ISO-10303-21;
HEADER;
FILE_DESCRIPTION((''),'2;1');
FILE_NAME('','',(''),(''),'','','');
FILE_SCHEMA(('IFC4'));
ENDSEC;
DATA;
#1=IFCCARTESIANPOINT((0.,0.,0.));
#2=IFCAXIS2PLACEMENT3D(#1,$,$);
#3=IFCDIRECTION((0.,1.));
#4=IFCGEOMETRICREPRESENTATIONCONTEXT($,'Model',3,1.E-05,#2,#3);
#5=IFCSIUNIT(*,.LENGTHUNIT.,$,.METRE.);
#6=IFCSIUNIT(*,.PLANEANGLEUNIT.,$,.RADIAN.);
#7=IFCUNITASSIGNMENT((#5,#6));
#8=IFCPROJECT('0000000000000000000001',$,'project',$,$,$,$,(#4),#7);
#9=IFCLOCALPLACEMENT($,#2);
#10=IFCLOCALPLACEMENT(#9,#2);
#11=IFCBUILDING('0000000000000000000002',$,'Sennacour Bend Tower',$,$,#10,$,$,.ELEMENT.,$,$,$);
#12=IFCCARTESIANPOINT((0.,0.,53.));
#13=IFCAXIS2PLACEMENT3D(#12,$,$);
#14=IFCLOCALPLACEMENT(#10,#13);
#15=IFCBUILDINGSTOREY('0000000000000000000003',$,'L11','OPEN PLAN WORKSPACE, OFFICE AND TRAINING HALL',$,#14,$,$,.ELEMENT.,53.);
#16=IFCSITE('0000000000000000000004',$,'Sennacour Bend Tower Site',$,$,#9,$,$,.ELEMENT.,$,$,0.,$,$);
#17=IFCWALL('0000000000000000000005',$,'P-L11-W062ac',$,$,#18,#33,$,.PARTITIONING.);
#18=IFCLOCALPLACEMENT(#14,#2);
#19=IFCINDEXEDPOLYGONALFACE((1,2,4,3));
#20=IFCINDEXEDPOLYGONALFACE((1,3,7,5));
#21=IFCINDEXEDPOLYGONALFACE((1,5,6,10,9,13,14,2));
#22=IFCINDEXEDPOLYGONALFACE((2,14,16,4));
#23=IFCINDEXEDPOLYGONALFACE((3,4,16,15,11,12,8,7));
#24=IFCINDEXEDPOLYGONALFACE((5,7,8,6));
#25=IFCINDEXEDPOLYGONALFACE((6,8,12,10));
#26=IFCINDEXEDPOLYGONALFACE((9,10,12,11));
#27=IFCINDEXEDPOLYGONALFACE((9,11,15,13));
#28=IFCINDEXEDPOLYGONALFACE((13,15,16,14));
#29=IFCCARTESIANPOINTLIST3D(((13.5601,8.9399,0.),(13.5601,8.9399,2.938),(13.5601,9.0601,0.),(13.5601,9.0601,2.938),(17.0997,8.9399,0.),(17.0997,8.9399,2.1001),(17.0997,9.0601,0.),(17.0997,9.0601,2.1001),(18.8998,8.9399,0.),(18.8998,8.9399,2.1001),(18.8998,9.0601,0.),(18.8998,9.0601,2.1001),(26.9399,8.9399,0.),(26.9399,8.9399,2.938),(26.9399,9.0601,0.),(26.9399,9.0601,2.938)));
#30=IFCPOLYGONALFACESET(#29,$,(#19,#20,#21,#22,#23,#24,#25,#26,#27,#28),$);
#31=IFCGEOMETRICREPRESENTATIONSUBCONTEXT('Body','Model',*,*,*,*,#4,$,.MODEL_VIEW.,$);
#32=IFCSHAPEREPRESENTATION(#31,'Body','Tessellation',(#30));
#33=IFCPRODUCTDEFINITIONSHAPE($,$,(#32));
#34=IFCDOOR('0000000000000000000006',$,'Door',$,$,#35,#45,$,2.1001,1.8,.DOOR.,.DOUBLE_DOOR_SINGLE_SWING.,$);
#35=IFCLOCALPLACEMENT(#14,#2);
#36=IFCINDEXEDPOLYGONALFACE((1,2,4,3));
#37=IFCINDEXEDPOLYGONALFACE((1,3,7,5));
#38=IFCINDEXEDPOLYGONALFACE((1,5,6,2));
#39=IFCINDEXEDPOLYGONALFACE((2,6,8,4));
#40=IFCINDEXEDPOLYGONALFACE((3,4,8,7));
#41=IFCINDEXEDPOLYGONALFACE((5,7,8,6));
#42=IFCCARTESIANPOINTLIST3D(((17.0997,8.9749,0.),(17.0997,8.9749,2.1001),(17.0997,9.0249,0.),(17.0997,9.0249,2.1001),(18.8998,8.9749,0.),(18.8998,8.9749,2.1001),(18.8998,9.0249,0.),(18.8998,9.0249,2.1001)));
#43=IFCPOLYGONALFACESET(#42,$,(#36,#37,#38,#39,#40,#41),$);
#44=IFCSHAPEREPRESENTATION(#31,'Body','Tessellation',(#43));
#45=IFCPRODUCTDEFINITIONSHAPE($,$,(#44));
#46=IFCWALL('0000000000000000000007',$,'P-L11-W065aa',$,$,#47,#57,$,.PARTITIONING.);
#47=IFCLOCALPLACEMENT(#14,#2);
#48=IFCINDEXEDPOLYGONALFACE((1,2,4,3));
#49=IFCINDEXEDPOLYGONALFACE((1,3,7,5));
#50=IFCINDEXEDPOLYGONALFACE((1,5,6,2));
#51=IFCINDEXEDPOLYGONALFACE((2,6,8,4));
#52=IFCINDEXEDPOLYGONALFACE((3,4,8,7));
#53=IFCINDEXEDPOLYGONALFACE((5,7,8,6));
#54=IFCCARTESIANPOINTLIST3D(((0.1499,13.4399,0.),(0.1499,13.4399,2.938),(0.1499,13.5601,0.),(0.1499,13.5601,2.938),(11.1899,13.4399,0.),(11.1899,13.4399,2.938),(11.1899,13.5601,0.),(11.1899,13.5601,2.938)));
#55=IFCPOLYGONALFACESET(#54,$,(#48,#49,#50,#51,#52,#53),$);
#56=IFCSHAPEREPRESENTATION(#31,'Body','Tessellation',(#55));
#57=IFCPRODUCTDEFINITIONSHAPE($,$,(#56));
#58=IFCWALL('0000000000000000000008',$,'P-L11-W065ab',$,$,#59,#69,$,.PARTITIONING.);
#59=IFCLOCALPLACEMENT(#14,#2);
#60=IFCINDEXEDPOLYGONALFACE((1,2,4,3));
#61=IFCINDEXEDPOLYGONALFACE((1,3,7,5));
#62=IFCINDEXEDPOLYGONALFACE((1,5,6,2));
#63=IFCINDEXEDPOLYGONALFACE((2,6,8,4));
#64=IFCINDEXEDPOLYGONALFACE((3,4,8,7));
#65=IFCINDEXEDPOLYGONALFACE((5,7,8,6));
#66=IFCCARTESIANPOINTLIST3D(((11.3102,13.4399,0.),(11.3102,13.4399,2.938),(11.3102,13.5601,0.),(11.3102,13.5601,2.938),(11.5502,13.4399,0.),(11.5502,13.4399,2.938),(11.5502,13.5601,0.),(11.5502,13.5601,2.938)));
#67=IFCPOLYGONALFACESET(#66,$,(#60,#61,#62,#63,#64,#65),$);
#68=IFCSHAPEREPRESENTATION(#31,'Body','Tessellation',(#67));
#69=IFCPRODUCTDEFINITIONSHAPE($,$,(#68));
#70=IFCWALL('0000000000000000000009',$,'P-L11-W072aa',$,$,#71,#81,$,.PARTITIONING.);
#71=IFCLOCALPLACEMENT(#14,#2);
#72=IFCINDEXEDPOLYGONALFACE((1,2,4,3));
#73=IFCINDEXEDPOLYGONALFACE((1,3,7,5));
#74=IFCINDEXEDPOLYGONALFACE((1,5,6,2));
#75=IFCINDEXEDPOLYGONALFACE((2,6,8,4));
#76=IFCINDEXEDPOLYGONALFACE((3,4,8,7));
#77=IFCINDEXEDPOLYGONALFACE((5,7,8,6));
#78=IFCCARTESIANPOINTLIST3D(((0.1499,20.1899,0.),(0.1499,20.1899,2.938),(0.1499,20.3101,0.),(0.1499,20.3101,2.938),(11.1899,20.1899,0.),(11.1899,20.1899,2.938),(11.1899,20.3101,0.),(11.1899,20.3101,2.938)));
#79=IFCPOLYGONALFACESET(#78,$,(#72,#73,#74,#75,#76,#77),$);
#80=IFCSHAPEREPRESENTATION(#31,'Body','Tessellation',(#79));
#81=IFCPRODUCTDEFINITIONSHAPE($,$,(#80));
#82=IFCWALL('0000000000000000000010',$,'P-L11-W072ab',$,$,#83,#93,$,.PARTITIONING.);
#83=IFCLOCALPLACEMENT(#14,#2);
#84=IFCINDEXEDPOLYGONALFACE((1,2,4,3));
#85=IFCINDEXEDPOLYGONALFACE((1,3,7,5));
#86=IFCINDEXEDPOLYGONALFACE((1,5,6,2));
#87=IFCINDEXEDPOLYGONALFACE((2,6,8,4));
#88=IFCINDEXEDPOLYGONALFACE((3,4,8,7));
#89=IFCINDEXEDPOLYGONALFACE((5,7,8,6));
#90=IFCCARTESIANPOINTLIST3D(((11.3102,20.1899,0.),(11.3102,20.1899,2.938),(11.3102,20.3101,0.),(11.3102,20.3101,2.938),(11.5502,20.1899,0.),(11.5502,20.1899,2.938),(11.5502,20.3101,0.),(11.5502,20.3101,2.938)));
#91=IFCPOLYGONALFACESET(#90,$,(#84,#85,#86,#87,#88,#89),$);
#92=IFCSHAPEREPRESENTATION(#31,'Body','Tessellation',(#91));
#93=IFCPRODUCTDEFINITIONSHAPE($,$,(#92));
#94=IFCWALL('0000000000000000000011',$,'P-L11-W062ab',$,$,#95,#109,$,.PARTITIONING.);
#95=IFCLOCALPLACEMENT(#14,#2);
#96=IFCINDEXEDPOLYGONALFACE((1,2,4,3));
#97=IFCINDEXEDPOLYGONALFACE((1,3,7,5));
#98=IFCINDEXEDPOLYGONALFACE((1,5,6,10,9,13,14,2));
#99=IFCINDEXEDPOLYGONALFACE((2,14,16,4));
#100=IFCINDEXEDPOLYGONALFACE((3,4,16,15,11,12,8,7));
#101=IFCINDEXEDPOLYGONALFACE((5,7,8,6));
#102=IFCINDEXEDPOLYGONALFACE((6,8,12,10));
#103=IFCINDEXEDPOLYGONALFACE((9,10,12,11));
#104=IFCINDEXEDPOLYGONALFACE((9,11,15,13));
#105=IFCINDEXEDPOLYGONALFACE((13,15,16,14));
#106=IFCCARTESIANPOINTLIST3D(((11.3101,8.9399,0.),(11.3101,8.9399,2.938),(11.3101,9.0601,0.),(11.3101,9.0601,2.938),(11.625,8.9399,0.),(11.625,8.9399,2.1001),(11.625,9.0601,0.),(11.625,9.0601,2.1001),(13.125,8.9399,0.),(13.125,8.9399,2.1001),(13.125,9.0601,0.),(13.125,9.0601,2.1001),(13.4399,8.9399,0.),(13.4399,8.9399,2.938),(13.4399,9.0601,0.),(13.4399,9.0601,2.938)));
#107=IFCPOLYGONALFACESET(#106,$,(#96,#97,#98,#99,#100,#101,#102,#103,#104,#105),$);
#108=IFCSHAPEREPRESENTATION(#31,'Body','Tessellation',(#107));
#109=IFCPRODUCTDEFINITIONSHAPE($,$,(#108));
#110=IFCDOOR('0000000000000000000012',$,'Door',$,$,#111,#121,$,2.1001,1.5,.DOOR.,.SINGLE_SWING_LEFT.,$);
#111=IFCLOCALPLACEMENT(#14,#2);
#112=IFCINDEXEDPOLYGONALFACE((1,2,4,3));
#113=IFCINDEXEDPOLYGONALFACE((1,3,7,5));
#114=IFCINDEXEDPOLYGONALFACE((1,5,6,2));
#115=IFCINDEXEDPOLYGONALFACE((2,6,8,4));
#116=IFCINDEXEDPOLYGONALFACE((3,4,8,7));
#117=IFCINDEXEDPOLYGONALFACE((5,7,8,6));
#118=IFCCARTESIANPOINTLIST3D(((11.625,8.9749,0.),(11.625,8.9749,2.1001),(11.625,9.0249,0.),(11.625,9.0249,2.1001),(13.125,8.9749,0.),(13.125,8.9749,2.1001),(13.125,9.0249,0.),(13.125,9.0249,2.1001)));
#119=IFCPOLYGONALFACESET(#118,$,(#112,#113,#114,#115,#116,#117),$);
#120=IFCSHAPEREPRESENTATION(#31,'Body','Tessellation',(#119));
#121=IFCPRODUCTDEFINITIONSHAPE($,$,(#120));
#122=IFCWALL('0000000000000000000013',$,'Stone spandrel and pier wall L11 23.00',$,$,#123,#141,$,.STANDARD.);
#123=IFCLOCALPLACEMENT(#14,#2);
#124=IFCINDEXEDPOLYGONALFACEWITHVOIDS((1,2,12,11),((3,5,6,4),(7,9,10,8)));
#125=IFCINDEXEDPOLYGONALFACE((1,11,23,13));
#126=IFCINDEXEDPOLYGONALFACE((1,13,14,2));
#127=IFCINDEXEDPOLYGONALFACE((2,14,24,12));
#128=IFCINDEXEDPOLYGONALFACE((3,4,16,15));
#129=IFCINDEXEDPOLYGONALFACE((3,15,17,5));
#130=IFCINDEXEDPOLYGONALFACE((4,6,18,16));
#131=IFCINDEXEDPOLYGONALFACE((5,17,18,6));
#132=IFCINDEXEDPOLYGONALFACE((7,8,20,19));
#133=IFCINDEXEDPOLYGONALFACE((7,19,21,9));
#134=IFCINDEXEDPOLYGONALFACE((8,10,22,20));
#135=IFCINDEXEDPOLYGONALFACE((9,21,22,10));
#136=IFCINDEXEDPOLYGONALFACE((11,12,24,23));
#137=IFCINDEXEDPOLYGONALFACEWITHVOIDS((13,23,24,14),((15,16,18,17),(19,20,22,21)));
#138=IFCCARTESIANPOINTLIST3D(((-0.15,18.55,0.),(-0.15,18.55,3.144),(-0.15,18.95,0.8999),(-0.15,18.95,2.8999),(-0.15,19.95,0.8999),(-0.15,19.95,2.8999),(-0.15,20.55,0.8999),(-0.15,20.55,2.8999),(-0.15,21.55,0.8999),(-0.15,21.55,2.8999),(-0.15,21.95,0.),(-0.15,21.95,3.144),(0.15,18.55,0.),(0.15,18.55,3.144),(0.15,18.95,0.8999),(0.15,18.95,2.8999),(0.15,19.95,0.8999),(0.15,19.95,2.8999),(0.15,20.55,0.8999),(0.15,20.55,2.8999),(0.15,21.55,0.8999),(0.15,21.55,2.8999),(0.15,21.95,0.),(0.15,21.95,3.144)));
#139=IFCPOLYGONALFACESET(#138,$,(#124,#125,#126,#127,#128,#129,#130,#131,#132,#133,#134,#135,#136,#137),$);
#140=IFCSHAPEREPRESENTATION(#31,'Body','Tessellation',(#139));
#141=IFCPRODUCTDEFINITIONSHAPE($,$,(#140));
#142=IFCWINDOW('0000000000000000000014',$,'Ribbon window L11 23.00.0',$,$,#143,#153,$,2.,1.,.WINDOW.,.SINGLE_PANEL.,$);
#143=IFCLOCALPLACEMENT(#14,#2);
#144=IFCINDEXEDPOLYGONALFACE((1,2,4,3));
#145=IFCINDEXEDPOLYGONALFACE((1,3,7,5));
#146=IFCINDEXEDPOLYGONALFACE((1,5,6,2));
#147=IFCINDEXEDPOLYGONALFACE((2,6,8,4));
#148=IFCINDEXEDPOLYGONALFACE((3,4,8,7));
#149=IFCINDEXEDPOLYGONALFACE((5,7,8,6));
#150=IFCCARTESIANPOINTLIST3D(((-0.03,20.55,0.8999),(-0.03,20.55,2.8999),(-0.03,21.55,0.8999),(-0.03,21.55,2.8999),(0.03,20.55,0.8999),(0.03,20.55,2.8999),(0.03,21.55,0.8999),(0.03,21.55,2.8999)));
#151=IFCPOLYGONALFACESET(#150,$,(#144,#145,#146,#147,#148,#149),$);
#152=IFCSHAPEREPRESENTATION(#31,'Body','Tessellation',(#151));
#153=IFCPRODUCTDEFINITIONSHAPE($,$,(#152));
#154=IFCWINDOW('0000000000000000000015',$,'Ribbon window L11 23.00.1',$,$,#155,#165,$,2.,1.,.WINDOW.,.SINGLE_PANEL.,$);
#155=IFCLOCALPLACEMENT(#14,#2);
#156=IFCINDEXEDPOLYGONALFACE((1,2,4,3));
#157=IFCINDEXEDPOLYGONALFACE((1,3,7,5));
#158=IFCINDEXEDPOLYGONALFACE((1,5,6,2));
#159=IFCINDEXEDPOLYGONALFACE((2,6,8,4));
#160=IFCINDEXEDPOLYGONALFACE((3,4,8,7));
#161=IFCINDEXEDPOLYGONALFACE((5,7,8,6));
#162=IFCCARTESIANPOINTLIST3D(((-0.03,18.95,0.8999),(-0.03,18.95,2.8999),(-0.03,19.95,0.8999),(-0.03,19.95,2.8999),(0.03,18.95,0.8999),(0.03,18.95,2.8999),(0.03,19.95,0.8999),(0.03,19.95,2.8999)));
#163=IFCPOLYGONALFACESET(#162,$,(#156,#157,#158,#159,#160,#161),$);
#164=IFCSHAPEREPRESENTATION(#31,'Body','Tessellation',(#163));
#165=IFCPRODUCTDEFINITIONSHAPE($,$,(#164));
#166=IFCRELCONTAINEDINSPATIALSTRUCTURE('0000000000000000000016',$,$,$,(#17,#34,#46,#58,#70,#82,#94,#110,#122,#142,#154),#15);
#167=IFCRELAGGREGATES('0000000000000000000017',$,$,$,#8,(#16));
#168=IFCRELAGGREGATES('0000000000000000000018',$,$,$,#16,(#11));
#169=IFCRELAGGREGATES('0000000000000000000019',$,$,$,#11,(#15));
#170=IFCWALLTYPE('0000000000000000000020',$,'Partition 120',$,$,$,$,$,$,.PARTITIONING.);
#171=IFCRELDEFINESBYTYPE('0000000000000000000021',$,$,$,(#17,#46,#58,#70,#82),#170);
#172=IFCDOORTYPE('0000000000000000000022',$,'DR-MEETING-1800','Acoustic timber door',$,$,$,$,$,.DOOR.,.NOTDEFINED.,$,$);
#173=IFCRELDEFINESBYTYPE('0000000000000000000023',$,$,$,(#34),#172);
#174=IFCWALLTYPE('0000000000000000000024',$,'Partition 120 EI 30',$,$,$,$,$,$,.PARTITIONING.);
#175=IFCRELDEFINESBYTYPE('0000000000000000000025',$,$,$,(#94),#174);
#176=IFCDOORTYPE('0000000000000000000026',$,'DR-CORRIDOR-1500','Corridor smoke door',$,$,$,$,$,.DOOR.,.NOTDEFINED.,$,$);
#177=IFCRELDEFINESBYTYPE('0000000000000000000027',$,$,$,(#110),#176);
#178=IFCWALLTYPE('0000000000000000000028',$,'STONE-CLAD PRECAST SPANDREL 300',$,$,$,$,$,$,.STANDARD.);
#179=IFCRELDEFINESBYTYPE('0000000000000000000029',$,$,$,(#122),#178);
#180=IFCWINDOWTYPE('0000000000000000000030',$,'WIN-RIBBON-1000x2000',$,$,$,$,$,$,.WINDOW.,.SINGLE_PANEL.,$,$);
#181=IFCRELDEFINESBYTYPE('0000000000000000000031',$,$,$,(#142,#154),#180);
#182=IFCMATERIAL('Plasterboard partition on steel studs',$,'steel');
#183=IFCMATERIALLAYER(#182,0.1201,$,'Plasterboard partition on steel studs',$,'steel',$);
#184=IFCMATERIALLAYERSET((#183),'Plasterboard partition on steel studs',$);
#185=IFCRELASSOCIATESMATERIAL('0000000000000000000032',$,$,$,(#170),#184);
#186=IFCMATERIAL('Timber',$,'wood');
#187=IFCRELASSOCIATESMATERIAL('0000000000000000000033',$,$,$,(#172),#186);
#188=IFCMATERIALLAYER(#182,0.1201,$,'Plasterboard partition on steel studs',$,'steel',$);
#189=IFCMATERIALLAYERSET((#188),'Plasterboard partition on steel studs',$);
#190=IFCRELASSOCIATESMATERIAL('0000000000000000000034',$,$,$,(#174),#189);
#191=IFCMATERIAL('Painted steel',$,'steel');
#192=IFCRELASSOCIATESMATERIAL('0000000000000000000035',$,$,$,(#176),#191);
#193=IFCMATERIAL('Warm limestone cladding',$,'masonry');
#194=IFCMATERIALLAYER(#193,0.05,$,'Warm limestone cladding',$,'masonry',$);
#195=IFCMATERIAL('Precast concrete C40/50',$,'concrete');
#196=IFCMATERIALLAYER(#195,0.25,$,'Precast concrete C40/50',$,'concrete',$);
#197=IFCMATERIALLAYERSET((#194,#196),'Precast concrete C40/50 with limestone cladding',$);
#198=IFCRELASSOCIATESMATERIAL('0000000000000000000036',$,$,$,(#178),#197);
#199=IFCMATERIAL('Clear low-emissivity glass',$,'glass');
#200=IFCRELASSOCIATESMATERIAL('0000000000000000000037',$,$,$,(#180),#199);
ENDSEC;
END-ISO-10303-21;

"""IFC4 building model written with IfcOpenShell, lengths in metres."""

from ifc_helpers import new_model, si_unit, direction, frame, frame_2d, origin, place, context, subcontext, project, spatial, rectangle, extrude, material, layer, layer_set, type_object, element, fill, save


model = new_model("IFC4")

# Units and contexts
model_context = context("Model", 3, precision=1e-05, world=origin(), true_north=direction((0.0, 1.0)))
body_context = subcontext(model_context, "Body", "Model", "MODEL_VIEW")
ifc_project = project(units=[si_unit("LENGTHUNIT", "METRE"), si_unit("PLANEANGLEUNIT", "RADIAN")], contexts=[model_context])

# Site, building, storey
site_placement = place(None, origin())
site = spatial("IfcSite", under=ifc_project, at=site_placement, Name="Sennacour Bend Tower Site", CompositionType="ELEMENT", RefElevation=0.0)
building_placement = place(site_placement, origin())
building = spatial("IfcBuilding", under=site, at=building_placement, Name="Sennacour Bend Tower", CompositionType="ELEMENT")
storey_placement = place(building_placement, frame((0.0, 0.0, 53.0)))
storey = spatial("IfcBuildingStorey", under=building, at=storey_placement, Name="L11", Description="OPEN PLAN WORKSPACE, OFFICE AND TRAINING HALL", CompositionType="ELEMENT", Elevation=53.0)

# Shared definitions
ifc_material_1 = material(Name="Plasterboard partition on steel studs", Category="steel")
ifc_layer_1 = layer(ifc_material_1, 0.1201, Name="Plasterboard partition on steel studs", Category="steel")
ifc_layer_set_1 = layer_set([ifc_layer_1], Name="Plasterboard partition on steel studs")
wall_type_1 = type_object("IfcWallType", Name="Partition 120", PredefinedType="PARTITIONING", material=ifc_layer_set_1)
ifc_material_2 = material(Name="Timber", Category="wood")

# Wall, opening, door
wall_1_placement = place(storey_placement, frame((13.5601, 9.0, 0.0), z_axis=(0.0, 0.0, 1.0), x_axis=(1.0, 0.0, 0.0)))
wall_1 = element("IfcWall", 1, at=wall_1_placement, inside=storey, type_object=wall_type_1, Name="P-L11-W062ac", PredefinedType="PARTITIONING", context=body_context, shape_type="SweptSolid", body=[
    extrude(rectangle(XDim=13.3799, YDim=0.1201, at=frame_2d((6.6899, 0.0))), origin(), (0.0, 0.0, 1.0), 2.938),
])
opening_1_placement = place(wall_1_placement, frame((3.5398, 0.0, 0.0)))
opening_1 = element("IfcOpeningElement", 2, at=opening_1_placement, cuts=wall_1, PredefinedType="OPENING", context=body_context, shape_type="SweptSolid", body=[
    extrude(rectangle(XDim=1.8, YDim=2.1001, at=frame_2d((0.8999, 1.05))), frame((0.0, 0.0701, 0.0), z_axis=(0.0, -1.0, 0.0), x_axis=(1.0, 0.0, 0.0)), (0.0, 0.0, 1.0), 0.1401),
])
door_type_1 = type_object("IfcDoorType", Name="DR-MEETING-1800", Description="Acoustic timber door", OperationType="NOTDEFINED", PredefinedType="DOOR", material=ifc_material_2)
door_1_placement = place(opening_1_placement, origin())
door_1 = element("IfcDoor", 3, at=door_1_placement, inside=storey, type_object=door_type_1, Name="Door", OperationType="DOUBLE_DOOR_SINGLE_SWING", OverallHeight=2.1001, OverallWidth=1.8, PredefinedType="DOOR", context=body_context, shape_type="SweptSolid", body=[
    extrude(rectangle(XDim=1.8, YDim=2.1001, at=frame_2d((0.8999, 1.05))), frame((0.0, 0.0249, 0.0), z_axis=(0.0, -1.0, 0.0), x_axis=(1.0, 0.0, 0.0)), (0.0, 0.0, 1.0), 0.05),
])
fill(opening_1, door_1)

# Walls
wall_2_placement = place(storey_placement, frame((0.1499, 13.5, 0.0), z_axis=(0.0, 0.0, 1.0), x_axis=(1.0, 0.0, 0.0)))
element("IfcWall", 4, at=wall_2_placement, inside=storey, type_object=wall_type_1, Name="P-L11-W065aa", PredefinedType="PARTITIONING", context=body_context, shape_type="SweptSolid", body=[
    extrude(rectangle(XDim=11.04, YDim=0.1201, at=frame_2d((5.52, 0.0))), origin(), (0.0, 0.0, 1.0), 2.938),
])
wall_3_placement = place(storey_placement, frame((11.3101, 13.5, 0.0), z_axis=(0.0, 0.0, 1.0), x_axis=(1.0, 0.0, 0.0)))
element("IfcWall", 5, at=wall_3_placement, inside=storey, type_object=wall_type_1, Name="P-L11-W065ab", PredefinedType="PARTITIONING", context=body_context, shape_type="SweptSolid", body=[
    extrude(rectangle(XDim=0.24, YDim=0.1201, at=frame_2d((0.1201, 0.0))), origin(), (0.0, 0.0, 1.0), 2.938),
])
wall_4_placement = place(storey_placement, frame((0.1499, 20.25, 0.0), z_axis=(0.0, 0.0, 1.0), x_axis=(1.0, 0.0, 0.0)))
element("IfcWall", 6, at=wall_4_placement, inside=storey, type_object=wall_type_1, Name="P-L11-W072aa", PredefinedType="PARTITIONING", context=body_context, shape_type="SweptSolid", body=[
    extrude(rectangle(XDim=11.04, YDim=0.1201, at=frame_2d((5.52, 0.0))), origin(), (0.0, 0.0, 1.0), 2.938),
])
wall_5_placement = place(storey_placement, frame((11.3101, 20.25, 0.0), z_axis=(0.0, 0.0, 1.0), x_axis=(1.0, 0.0, 0.0)))
element("IfcWall", 7, at=wall_5_placement, inside=storey, type_object=wall_type_1, Name="P-L11-W072ab", PredefinedType="PARTITIONING", context=body_context, shape_type="SweptSolid", body=[
    extrude(rectangle(XDim=0.24, YDim=0.1201, at=frame_2d((0.1201, 0.0))), origin(), (0.0, 0.0, 1.0), 2.938),
])

# Wall, opening, door
ifc_layer_2 = layer(ifc_material_1, 0.1201, Name="Plasterboard partition on steel studs", Category="steel")
ifc_layer_set_2 = layer_set([ifc_layer_2], Name="Plasterboard partition on steel studs")
wall_type_2 = type_object("IfcWallType", Name="Partition 120 EI 30", PredefinedType="PARTITIONING", material=ifc_layer_set_2)
wall_6_placement = place(storey_placement, frame((11.3101, 9.0, 0.0), z_axis=(0.0, 0.0, 1.0), x_axis=(1.0, 0.0, 0.0)))
wall_6 = element("IfcWall", 8, at=wall_6_placement, inside=storey, type_object=wall_type_2, Name="P-L11-W062ab", PredefinedType="PARTITIONING", context=body_context, shape_type="SweptSolid", body=[
    extrude(rectangle(XDim=2.1299, YDim=0.1201, at=frame_2d((1.0649, 0.0))), origin(), (0.0, 0.0, 1.0), 2.938),
])
opening_2_placement = place(wall_6_placement, frame((0.3149, 0.0, 0.0)))
opening_2 = element("IfcOpeningElement", 9, at=opening_2_placement, cuts=wall_6, PredefinedType="OPENING", context=body_context, shape_type="SweptSolid", body=[
    extrude(rectangle(XDim=1.5, YDim=2.1001, at=frame_2d((0.75, 1.05))), frame((0.0, 0.0701, 0.0), z_axis=(0.0, -1.0, 0.0), x_axis=(1.0, 0.0, 0.0)), (0.0, 0.0, 1.0), 0.1401),
])
ifc_material_3 = material(Name="Painted steel", Category="steel")
door_type_2 = type_object("IfcDoorType", Name="DR-CORRIDOR-1500", Description="Corridor smoke door", OperationType="NOTDEFINED", PredefinedType="DOOR", material=ifc_material_3)
door_2_placement = place(opening_2_placement, origin())
door_2 = element("IfcDoor", 10, at=door_2_placement, inside=storey, type_object=door_type_2, Name="Door", OperationType="SINGLE_SWING_LEFT", OverallHeight=2.1001, OverallWidth=1.5, PredefinedType="DOOR", context=body_context, shape_type="SweptSolid", body=[
    extrude(rectangle(XDim=1.5, YDim=2.1001, at=frame_2d((0.75, 1.05))), frame((0.0, 0.0249, 0.0), z_axis=(0.0, -1.0, 0.0), x_axis=(1.0, 0.0, 0.0)), (0.0, 0.0, 1.0), 0.05),
])
fill(opening_2, door_2)

# Wall, openings, windows
ifc_material_4 = material(Name="Warm limestone cladding", Category="masonry")
ifc_layer_3 = layer(ifc_material_4, 0.05, Name="Warm limestone cladding", Category="masonry")
ifc_material_5 = material(Name="Precast concrete C40/50", Category="concrete")
ifc_layer_4 = layer(ifc_material_5, 0.25, Name="Precast concrete C40/50", Category="concrete")
ifc_layer_set_3 = layer_set([ifc_layer_3, ifc_layer_4], Name="Precast concrete C40/50 with limestone cladding")
wall_type_3 = type_object("IfcWallType", Name="STONE-CLAD PRECAST SPANDREL 300", PredefinedType="STANDARD", material=ifc_layer_set_3)
wall_7_placement = place(storey_placement, frame((0.0, 21.95, 0.0), z_axis=(0.0, 0.0, 1.0), x_axis=(0.0, -1.0, 0.0)))
wall_7 = element("IfcWall", 11, at=wall_7_placement, inside=storey, type_object=wall_type_3, Name="Stone spandrel and pier wall L11 23.00", PredefinedType="STANDARD", context=body_context, shape_type="SweptSolid", body=[
    extrude(rectangle(XDim=3.3999, YDim=0.3, at=frame_2d((1.7, 0.0))), origin(), (0.0, 0.0, 1.0), 3.144),
])
opening_3_placement = place(wall_7_placement, frame((0.3999, 0.0, 0.8999)))
opening_3 = element("IfcOpeningElement", 12, at=opening_3_placement, cuts=wall_7, PredefinedType="OPENING", context=body_context, shape_type="SweptSolid", body=[
    extrude(rectangle(XDim=1.0, YDim=2.0, at=frame_2d((0.5, 1.0))), frame((0.0, 0.1602, 0.0), z_axis=(0.0, -1.0, 0.0), x_axis=(1.0, 0.0, 0.0)), (0.0, 0.0, 1.0), 0.3201),
])
opening_4_placement = place(wall_7_placement, frame((2.0, 0.0, 0.8999)))
opening_4 = element("IfcOpeningElement", 13, at=opening_4_placement, cuts=wall_7, PredefinedType="OPENING", context=body_context, shape_type="SweptSolid", body=[
    extrude(rectangle(XDim=1.0, YDim=2.0, at=frame_2d((0.5, 1.0))), frame((0.0, 0.1602, 0.0), z_axis=(0.0, -1.0, 0.0), x_axis=(1.0, 0.0, 0.0)), (0.0, 0.0, 1.0), 0.3201),
])
ifc_material_6 = material(Name="Clear low-emissivity glass", Category="glass")
window_type = type_object("IfcWindowType", Name="WIN-RIBBON-1000x2000", PartitioningType="SINGLE_PANEL", PredefinedType="WINDOW", material=ifc_material_6)
window_1_placement = place(opening_3_placement, origin())
window_1 = element("IfcWindow", 14, at=window_1_placement, inside=storey, type_object=window_type, Name="Ribbon window L11 23.00.0", OverallHeight=2.0, OverallWidth=1.0, PartitioningType="SINGLE_PANEL", PredefinedType="WINDOW", context=body_context, shape_type="SweptSolid", body=[
    extrude(rectangle(XDim=1.0, YDim=2.0, at=frame_2d((0.5, 1.0))), frame((0.0, 0.03, 0.0), z_axis=(0.0, -1.0, 0.0), x_axis=(1.0, 0.0, 0.0)), (0.0, 0.0, 1.0), 0.0601),
])
fill(opening_3, window_1)
window_2_placement = place(opening_4_placement, origin())
window_2 = element("IfcWindow", 15, at=window_2_placement, inside=storey, type_object=window_type, Name="Ribbon window L11 23.00.1", OverallHeight=2.0, OverallWidth=1.0, PartitioningType="SINGLE_PANEL", PredefinedType="WINDOW", context=body_context, shape_type="SweptSolid", body=[
    extrude(rectangle(XDim=1.0, YDim=2.0, at=frame_2d((0.5, 1.0))), frame((0.0, 0.03, 0.0), z_axis=(0.0, -1.0, 0.0), x_axis=(1.0, 0.0, 0.0)), (0.0, 0.0, 1.0), 0.0601),
])
fill(opening_4, window_2)

save(model, "model.ifc")
